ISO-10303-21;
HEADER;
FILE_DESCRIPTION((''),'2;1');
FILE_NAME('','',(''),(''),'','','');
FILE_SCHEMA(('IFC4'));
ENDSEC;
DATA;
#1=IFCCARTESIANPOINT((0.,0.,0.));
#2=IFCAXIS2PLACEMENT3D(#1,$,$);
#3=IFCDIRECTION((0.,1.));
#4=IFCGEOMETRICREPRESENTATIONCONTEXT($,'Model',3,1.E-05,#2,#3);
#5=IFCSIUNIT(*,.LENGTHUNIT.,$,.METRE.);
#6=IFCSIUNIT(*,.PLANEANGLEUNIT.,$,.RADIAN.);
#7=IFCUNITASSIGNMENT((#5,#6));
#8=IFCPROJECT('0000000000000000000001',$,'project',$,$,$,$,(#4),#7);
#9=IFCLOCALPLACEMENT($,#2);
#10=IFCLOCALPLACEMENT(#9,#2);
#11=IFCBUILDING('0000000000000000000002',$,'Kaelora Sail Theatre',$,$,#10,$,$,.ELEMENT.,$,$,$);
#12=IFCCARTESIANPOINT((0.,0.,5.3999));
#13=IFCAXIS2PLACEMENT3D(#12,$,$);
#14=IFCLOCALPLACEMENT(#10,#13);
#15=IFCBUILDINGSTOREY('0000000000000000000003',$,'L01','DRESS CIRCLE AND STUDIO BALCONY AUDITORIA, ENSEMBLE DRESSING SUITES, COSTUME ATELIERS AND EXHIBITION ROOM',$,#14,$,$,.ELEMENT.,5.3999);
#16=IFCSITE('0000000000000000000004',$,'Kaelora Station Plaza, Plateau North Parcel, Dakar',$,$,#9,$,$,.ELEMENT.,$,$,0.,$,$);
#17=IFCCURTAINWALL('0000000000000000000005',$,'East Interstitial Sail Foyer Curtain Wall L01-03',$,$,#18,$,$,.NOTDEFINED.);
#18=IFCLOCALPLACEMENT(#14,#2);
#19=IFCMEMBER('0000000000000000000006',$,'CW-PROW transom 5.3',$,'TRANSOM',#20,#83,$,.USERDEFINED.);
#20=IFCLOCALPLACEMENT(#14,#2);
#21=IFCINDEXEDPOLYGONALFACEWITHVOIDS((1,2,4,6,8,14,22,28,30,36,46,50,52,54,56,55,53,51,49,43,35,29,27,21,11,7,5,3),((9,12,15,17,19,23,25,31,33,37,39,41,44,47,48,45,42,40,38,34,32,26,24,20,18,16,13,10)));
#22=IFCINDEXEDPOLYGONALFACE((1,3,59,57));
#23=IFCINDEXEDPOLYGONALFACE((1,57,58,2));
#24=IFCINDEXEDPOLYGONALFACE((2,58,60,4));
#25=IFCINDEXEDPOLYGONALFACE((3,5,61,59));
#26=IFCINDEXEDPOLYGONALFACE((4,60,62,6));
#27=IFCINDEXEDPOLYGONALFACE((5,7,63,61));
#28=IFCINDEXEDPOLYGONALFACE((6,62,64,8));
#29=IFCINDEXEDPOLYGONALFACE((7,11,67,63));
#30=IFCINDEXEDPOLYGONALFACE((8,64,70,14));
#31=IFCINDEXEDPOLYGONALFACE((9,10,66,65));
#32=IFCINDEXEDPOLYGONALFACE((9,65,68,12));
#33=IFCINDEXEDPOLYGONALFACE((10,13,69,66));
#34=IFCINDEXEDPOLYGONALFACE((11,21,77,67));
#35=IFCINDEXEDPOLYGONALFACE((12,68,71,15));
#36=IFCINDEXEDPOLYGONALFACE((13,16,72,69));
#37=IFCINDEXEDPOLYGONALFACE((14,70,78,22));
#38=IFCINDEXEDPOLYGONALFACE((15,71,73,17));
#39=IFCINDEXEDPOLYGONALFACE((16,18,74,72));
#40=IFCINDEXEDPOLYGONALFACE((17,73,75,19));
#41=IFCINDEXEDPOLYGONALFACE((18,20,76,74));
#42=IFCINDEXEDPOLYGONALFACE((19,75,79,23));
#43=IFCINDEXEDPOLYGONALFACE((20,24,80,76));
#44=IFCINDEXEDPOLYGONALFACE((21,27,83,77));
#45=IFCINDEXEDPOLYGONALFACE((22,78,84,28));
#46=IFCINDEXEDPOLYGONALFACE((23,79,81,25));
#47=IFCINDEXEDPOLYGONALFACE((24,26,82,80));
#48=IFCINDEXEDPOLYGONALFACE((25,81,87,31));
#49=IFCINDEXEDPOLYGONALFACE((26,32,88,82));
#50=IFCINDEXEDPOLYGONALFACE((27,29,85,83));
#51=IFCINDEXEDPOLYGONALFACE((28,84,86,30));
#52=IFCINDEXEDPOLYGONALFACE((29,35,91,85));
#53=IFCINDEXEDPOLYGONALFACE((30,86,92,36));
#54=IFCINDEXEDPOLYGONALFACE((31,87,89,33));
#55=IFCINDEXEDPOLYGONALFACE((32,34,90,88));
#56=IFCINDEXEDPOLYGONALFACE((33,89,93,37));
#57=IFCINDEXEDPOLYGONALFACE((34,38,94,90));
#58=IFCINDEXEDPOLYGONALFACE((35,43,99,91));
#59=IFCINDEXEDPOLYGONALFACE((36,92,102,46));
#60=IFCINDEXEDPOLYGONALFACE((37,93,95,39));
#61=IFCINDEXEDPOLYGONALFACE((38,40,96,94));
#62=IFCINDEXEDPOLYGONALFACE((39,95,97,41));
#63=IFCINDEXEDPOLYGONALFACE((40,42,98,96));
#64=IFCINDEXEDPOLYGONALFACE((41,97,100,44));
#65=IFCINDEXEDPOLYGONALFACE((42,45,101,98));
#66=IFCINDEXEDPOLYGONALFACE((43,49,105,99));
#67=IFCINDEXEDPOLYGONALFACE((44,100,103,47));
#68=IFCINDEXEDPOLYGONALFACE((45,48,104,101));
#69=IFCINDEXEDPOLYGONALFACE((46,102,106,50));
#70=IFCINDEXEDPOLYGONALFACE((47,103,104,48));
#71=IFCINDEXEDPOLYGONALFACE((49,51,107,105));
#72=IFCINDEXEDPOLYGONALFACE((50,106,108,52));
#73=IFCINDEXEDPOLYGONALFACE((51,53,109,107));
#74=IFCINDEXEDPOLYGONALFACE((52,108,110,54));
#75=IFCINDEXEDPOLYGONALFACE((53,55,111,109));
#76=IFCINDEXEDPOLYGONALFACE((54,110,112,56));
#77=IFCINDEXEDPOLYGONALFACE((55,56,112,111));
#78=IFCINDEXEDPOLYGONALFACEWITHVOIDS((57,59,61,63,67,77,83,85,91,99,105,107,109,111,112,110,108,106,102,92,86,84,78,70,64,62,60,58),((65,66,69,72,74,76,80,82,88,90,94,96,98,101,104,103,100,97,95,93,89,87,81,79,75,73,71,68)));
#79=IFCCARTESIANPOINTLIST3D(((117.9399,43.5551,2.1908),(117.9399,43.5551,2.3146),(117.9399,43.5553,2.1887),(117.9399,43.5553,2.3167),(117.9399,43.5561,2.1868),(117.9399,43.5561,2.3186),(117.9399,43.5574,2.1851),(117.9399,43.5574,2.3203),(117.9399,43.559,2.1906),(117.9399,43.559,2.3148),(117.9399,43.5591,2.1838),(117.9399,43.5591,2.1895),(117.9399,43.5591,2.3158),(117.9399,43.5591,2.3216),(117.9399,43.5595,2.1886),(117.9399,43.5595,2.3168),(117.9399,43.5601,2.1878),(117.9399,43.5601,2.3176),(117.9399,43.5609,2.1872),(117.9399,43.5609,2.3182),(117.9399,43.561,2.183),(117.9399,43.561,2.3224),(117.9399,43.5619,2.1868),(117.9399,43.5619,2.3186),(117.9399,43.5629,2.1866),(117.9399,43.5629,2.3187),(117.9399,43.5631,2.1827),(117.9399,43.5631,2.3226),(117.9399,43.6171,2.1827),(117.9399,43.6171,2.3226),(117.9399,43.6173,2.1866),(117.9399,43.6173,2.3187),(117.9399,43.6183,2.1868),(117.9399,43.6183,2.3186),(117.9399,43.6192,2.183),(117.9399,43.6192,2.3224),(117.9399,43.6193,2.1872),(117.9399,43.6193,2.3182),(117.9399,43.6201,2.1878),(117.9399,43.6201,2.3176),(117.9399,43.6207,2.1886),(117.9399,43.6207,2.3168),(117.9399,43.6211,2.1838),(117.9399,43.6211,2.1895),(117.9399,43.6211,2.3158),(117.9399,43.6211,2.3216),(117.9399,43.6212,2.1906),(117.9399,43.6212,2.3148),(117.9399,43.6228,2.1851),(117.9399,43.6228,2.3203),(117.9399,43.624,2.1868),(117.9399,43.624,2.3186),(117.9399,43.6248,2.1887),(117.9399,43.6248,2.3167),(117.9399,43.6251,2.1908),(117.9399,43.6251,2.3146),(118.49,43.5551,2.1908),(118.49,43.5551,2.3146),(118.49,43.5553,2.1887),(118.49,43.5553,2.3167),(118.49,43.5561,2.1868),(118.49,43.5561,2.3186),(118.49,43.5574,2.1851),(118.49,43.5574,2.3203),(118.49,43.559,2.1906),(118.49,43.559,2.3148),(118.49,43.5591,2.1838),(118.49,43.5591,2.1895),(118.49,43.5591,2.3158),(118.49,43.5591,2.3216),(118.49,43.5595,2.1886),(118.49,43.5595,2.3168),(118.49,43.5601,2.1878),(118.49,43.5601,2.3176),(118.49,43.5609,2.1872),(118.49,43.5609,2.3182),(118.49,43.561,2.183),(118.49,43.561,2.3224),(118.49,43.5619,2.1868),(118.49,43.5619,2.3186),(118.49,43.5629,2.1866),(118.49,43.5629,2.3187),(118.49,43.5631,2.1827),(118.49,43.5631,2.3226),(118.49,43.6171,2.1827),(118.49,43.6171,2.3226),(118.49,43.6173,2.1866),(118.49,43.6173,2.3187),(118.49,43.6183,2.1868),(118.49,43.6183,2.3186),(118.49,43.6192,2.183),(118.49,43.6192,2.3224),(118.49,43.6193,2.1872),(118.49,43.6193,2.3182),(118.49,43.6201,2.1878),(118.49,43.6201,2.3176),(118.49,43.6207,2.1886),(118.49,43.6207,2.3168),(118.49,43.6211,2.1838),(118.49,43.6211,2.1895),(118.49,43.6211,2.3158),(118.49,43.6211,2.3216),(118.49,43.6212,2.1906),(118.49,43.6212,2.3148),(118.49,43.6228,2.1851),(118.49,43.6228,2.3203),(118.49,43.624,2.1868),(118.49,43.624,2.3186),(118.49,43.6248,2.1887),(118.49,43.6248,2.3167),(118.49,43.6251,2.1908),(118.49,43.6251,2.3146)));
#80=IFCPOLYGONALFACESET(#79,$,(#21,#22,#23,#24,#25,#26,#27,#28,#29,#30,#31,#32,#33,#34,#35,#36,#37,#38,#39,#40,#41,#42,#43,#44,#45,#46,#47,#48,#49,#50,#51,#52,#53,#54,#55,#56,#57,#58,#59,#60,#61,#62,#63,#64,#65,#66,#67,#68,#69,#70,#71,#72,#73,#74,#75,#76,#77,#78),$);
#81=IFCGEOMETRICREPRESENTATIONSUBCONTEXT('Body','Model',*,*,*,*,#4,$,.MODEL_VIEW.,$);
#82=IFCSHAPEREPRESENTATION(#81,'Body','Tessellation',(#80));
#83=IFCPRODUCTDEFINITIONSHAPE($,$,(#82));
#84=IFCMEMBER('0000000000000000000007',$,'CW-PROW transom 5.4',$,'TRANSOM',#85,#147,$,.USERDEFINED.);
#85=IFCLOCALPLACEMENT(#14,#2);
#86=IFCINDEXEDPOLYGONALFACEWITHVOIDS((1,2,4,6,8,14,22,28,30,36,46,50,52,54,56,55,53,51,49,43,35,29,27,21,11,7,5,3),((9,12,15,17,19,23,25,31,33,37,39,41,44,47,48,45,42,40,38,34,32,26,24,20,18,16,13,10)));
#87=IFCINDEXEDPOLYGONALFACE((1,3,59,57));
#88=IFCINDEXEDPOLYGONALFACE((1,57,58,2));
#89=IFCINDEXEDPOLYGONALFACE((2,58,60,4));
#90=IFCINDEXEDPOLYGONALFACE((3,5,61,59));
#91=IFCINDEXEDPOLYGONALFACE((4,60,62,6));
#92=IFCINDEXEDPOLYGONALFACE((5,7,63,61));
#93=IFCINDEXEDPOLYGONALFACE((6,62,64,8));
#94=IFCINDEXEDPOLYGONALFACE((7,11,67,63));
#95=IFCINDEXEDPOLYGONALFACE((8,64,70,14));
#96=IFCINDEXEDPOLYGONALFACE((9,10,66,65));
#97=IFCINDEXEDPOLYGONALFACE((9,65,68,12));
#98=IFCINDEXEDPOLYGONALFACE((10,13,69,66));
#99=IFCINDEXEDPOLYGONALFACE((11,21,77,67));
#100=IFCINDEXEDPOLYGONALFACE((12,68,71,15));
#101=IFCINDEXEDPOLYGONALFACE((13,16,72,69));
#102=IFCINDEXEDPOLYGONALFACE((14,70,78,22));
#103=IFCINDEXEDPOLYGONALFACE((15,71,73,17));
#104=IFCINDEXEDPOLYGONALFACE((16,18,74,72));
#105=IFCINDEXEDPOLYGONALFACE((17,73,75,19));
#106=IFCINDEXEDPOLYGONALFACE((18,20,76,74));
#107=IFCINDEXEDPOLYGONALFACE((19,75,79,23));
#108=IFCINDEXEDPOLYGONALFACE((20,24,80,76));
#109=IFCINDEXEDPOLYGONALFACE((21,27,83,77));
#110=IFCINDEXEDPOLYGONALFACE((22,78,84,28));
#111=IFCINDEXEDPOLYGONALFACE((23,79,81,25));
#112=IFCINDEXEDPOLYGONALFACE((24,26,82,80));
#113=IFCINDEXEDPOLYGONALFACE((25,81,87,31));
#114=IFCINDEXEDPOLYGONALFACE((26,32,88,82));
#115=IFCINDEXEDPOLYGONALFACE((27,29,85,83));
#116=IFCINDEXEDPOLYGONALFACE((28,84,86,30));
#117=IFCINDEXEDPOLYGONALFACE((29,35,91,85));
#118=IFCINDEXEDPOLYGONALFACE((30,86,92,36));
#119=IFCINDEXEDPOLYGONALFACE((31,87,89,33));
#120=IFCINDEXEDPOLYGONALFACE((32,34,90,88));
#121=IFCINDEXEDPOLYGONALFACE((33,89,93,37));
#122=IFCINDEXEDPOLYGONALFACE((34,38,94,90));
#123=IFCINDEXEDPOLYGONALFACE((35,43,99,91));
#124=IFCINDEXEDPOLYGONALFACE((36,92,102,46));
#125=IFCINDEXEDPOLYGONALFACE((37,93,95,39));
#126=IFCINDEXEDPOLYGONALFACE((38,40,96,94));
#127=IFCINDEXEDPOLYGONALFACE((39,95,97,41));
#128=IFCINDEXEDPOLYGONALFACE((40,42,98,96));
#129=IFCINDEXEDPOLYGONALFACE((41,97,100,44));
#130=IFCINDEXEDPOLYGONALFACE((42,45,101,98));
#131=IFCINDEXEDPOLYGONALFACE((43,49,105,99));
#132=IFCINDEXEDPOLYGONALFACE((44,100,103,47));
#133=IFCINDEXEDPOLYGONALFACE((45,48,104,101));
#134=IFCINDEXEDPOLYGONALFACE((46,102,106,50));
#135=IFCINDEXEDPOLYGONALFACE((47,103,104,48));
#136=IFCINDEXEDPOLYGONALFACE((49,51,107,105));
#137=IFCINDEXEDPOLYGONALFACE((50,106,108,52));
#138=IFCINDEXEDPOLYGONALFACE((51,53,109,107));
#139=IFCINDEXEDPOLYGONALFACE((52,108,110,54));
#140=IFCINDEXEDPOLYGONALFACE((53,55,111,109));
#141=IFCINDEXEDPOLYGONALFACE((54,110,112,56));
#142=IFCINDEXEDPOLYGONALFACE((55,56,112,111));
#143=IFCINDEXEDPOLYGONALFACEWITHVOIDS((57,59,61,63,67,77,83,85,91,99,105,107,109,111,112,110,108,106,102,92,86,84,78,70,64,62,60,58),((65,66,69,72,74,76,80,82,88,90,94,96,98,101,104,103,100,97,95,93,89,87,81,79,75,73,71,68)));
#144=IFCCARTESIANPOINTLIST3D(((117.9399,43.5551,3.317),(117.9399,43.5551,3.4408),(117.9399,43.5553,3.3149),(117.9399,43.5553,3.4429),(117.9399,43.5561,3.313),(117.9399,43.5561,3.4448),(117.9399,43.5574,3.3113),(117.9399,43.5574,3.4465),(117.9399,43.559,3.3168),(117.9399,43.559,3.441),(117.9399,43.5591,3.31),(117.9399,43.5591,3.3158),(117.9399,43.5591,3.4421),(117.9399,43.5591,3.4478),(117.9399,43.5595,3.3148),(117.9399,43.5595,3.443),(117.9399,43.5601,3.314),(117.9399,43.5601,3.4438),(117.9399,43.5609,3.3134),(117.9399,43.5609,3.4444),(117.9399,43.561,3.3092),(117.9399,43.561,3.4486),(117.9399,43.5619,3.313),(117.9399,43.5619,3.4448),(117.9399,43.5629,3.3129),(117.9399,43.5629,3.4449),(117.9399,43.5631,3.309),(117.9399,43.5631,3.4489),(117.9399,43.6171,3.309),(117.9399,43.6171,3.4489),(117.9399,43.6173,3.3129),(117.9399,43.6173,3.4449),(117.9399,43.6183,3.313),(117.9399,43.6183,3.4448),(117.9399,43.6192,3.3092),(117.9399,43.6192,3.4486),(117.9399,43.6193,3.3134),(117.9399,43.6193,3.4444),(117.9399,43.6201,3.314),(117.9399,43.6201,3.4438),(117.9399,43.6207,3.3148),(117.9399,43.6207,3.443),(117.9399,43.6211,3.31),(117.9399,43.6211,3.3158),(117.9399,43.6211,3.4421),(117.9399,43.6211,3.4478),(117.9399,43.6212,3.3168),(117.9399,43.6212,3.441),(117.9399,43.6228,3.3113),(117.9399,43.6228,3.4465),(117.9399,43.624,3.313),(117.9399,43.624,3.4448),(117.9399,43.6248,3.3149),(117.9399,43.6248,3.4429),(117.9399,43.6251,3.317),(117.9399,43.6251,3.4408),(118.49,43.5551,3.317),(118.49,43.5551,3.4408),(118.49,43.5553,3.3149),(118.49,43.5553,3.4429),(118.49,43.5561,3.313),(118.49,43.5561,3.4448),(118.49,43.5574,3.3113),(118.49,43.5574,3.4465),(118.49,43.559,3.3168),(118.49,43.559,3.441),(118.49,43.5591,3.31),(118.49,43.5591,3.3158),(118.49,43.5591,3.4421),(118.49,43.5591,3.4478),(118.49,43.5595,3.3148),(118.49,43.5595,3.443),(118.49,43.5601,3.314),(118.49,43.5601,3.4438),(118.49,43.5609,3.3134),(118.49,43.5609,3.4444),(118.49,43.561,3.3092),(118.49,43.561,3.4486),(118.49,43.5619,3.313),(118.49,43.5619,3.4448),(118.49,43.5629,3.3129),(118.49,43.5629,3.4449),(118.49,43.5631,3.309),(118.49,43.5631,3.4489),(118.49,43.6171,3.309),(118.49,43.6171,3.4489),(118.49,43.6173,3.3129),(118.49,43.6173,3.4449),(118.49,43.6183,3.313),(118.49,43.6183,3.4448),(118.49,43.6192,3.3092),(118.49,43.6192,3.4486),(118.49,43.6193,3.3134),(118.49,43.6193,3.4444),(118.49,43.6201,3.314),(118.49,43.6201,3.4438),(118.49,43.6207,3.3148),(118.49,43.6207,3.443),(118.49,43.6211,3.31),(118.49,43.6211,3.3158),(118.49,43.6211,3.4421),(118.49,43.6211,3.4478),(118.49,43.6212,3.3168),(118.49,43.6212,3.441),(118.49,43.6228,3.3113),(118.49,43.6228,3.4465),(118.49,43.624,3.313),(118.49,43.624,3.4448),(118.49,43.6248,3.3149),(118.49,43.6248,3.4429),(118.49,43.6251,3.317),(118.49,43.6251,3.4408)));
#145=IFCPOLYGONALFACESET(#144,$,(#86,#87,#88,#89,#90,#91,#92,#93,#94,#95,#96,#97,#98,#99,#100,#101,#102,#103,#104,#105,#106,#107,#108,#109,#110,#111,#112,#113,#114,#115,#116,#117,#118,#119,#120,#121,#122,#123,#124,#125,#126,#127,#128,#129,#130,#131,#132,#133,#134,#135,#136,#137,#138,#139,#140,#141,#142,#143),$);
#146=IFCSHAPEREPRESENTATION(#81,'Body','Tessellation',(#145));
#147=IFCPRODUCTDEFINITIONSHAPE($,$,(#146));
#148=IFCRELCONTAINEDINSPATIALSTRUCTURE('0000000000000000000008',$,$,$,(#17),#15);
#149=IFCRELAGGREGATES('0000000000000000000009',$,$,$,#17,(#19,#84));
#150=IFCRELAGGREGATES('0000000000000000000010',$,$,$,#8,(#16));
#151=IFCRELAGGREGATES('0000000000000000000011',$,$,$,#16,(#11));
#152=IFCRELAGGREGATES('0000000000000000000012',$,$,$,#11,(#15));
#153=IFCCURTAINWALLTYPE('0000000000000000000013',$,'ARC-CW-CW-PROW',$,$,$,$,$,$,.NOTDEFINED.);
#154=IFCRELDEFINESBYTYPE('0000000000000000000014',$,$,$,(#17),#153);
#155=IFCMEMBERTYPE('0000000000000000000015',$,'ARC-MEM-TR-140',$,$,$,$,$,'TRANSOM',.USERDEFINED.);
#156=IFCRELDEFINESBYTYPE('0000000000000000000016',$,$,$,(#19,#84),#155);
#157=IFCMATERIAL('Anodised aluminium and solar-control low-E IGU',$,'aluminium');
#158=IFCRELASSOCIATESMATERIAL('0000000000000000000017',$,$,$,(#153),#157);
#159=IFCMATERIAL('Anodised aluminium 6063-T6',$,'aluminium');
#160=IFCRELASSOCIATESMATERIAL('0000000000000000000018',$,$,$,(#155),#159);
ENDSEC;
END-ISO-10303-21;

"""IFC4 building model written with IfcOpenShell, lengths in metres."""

from ifc_helpers import new_model, si_unit, direction, frame, origin, origin_2d, place, context, subcontext, project, spatial, hollow_rectangle, extrude, material, material_profile, profile_set, type_object, element, aggregate, save


model = new_model("IFC4")

# Units and contexts
model_context = context("Model", 3, precision=1e-05, world=origin(), true_north=direction((0.0, 1.0)))
body_context = subcontext(model_context, "Body", "Model", "MODEL_VIEW")
ifc_project = project(units=[si_unit("LENGTHUNIT", "METRE"), si_unit("PLANEANGLEUNIT", "RADIAN")], contexts=[model_context])

# Site, building, storey
site_placement = place(None, origin())
site = spatial("IfcSite", under=ifc_project, at=site_placement, Name="Kaelora Station Plaza, Plateau North Parcel, Dakar", CompositionType="ELEMENT", RefElevation=0.0)
building_placement = place(site_placement, origin())
building = spatial("IfcBuilding", under=site, at=building_placement, Name="Kaelora Sail Theatre", CompositionType="ELEMENT")
storey_placement = place(building_placement, frame((0.0, 0.0, 5.3999)))
storey = spatial("IfcBuildingStorey", under=building, at=storey_placement, Name="L01", Description="DRESS CIRCLE AND STUDIO BALCONY AUDITORIA, ENSEMBLE DRESSING SUITES, COSTUME ATELIERS AND EXHIBITION ROOM", CompositionType="ELEMENT", Elevation=5.3999)

# Curtain wall, members
ifc_material_1 = material(Name="Anodised aluminium and solar-control low-E IGU", Category="aluminium")
curtain_wall_type = type_object("IfcCurtainWallType", Name="ARC-CW-CW-PROW", PredefinedType="NOTDEFINED", material=ifc_material_1)
curtain_wall_placement = place(storey_placement, origin())
curtain_wall = element("IfcCurtainWall", 1, at=curtain_wall_placement, inside=storey, type_object=curtain_wall_type, Name="East Interstitial Sail Foyer Curtain Wall L01-03", PredefinedType="NOTDEFINED")
ifc_material_2 = material(Name="Anodised aluminium 6063-T6", Category="aluminium")
ifc_material_profile_1 = material_profile(ifc_material_2, hollow_rectangle(XDim=0.0701, YDim=0.1399, WallThickness=0.0039, InnerFilletRadius=0.0039, OuterFilletRadius=0.0081, at=origin_2d()), Name="ALU-TRAN 70x140x4")
ifc_profile_set_1 = profile_set([ifc_material_profile_1], Name="Anodised aluminium 6063-T6")
member_type_1 = type_object("IfcMemberType", Name="ARC-MEM-TR-140", ElementType="TRANSOM", PredefinedType="USERDEFINED", material=ifc_profile_set_1)
member_1_placement = place(storey_placement, frame((117.9399, 43.5901, 2.2527), z_axis=(1.0, 0.0, 0.0), x_axis=(0.0, 1.0, 0.0)))
member_1 = element("IfcMember", 2, at=member_1_placement, type_object=member_type_1, Name="CW-PROW transom 5.3", ObjectType="TRANSOM", PredefinedType="USERDEFINED", context=body_context, shape_type="SweptSolid", body=[
    extrude(hollow_rectangle(XDim=0.0701, YDim=0.1399, WallThickness=0.0039, InnerFilletRadius=0.0039, OuterFilletRadius=0.0081, at=origin_2d()), origin(), (0.0, 0.0, 1.0), 0.55),
])
member_2_placement = place(storey_placement, frame((117.9399, 43.5901, 3.3789), z_axis=(1.0, 0.0, 0.0), x_axis=(0.0, 1.0, 0.0)))
member_2 = element("IfcMember", 3, at=member_2_placement, type_object=member_type_1, Name="CW-PROW transom 5.4", ObjectType="TRANSOM", PredefinedType="USERDEFINED", context=body_context, shape_type="SweptSolid", body=[
    extrude(hollow_rectangle(XDim=0.0701, YDim=0.1399, WallThickness=0.0039, InnerFilletRadius=0.0039, OuterFilletRadius=0.0081, at=origin_2d()), origin(), (0.0, 0.0, 1.0), 0.55),
])

aggregate(curtain_wall, [member_1, member_2])

save(model, "model.ifc")
